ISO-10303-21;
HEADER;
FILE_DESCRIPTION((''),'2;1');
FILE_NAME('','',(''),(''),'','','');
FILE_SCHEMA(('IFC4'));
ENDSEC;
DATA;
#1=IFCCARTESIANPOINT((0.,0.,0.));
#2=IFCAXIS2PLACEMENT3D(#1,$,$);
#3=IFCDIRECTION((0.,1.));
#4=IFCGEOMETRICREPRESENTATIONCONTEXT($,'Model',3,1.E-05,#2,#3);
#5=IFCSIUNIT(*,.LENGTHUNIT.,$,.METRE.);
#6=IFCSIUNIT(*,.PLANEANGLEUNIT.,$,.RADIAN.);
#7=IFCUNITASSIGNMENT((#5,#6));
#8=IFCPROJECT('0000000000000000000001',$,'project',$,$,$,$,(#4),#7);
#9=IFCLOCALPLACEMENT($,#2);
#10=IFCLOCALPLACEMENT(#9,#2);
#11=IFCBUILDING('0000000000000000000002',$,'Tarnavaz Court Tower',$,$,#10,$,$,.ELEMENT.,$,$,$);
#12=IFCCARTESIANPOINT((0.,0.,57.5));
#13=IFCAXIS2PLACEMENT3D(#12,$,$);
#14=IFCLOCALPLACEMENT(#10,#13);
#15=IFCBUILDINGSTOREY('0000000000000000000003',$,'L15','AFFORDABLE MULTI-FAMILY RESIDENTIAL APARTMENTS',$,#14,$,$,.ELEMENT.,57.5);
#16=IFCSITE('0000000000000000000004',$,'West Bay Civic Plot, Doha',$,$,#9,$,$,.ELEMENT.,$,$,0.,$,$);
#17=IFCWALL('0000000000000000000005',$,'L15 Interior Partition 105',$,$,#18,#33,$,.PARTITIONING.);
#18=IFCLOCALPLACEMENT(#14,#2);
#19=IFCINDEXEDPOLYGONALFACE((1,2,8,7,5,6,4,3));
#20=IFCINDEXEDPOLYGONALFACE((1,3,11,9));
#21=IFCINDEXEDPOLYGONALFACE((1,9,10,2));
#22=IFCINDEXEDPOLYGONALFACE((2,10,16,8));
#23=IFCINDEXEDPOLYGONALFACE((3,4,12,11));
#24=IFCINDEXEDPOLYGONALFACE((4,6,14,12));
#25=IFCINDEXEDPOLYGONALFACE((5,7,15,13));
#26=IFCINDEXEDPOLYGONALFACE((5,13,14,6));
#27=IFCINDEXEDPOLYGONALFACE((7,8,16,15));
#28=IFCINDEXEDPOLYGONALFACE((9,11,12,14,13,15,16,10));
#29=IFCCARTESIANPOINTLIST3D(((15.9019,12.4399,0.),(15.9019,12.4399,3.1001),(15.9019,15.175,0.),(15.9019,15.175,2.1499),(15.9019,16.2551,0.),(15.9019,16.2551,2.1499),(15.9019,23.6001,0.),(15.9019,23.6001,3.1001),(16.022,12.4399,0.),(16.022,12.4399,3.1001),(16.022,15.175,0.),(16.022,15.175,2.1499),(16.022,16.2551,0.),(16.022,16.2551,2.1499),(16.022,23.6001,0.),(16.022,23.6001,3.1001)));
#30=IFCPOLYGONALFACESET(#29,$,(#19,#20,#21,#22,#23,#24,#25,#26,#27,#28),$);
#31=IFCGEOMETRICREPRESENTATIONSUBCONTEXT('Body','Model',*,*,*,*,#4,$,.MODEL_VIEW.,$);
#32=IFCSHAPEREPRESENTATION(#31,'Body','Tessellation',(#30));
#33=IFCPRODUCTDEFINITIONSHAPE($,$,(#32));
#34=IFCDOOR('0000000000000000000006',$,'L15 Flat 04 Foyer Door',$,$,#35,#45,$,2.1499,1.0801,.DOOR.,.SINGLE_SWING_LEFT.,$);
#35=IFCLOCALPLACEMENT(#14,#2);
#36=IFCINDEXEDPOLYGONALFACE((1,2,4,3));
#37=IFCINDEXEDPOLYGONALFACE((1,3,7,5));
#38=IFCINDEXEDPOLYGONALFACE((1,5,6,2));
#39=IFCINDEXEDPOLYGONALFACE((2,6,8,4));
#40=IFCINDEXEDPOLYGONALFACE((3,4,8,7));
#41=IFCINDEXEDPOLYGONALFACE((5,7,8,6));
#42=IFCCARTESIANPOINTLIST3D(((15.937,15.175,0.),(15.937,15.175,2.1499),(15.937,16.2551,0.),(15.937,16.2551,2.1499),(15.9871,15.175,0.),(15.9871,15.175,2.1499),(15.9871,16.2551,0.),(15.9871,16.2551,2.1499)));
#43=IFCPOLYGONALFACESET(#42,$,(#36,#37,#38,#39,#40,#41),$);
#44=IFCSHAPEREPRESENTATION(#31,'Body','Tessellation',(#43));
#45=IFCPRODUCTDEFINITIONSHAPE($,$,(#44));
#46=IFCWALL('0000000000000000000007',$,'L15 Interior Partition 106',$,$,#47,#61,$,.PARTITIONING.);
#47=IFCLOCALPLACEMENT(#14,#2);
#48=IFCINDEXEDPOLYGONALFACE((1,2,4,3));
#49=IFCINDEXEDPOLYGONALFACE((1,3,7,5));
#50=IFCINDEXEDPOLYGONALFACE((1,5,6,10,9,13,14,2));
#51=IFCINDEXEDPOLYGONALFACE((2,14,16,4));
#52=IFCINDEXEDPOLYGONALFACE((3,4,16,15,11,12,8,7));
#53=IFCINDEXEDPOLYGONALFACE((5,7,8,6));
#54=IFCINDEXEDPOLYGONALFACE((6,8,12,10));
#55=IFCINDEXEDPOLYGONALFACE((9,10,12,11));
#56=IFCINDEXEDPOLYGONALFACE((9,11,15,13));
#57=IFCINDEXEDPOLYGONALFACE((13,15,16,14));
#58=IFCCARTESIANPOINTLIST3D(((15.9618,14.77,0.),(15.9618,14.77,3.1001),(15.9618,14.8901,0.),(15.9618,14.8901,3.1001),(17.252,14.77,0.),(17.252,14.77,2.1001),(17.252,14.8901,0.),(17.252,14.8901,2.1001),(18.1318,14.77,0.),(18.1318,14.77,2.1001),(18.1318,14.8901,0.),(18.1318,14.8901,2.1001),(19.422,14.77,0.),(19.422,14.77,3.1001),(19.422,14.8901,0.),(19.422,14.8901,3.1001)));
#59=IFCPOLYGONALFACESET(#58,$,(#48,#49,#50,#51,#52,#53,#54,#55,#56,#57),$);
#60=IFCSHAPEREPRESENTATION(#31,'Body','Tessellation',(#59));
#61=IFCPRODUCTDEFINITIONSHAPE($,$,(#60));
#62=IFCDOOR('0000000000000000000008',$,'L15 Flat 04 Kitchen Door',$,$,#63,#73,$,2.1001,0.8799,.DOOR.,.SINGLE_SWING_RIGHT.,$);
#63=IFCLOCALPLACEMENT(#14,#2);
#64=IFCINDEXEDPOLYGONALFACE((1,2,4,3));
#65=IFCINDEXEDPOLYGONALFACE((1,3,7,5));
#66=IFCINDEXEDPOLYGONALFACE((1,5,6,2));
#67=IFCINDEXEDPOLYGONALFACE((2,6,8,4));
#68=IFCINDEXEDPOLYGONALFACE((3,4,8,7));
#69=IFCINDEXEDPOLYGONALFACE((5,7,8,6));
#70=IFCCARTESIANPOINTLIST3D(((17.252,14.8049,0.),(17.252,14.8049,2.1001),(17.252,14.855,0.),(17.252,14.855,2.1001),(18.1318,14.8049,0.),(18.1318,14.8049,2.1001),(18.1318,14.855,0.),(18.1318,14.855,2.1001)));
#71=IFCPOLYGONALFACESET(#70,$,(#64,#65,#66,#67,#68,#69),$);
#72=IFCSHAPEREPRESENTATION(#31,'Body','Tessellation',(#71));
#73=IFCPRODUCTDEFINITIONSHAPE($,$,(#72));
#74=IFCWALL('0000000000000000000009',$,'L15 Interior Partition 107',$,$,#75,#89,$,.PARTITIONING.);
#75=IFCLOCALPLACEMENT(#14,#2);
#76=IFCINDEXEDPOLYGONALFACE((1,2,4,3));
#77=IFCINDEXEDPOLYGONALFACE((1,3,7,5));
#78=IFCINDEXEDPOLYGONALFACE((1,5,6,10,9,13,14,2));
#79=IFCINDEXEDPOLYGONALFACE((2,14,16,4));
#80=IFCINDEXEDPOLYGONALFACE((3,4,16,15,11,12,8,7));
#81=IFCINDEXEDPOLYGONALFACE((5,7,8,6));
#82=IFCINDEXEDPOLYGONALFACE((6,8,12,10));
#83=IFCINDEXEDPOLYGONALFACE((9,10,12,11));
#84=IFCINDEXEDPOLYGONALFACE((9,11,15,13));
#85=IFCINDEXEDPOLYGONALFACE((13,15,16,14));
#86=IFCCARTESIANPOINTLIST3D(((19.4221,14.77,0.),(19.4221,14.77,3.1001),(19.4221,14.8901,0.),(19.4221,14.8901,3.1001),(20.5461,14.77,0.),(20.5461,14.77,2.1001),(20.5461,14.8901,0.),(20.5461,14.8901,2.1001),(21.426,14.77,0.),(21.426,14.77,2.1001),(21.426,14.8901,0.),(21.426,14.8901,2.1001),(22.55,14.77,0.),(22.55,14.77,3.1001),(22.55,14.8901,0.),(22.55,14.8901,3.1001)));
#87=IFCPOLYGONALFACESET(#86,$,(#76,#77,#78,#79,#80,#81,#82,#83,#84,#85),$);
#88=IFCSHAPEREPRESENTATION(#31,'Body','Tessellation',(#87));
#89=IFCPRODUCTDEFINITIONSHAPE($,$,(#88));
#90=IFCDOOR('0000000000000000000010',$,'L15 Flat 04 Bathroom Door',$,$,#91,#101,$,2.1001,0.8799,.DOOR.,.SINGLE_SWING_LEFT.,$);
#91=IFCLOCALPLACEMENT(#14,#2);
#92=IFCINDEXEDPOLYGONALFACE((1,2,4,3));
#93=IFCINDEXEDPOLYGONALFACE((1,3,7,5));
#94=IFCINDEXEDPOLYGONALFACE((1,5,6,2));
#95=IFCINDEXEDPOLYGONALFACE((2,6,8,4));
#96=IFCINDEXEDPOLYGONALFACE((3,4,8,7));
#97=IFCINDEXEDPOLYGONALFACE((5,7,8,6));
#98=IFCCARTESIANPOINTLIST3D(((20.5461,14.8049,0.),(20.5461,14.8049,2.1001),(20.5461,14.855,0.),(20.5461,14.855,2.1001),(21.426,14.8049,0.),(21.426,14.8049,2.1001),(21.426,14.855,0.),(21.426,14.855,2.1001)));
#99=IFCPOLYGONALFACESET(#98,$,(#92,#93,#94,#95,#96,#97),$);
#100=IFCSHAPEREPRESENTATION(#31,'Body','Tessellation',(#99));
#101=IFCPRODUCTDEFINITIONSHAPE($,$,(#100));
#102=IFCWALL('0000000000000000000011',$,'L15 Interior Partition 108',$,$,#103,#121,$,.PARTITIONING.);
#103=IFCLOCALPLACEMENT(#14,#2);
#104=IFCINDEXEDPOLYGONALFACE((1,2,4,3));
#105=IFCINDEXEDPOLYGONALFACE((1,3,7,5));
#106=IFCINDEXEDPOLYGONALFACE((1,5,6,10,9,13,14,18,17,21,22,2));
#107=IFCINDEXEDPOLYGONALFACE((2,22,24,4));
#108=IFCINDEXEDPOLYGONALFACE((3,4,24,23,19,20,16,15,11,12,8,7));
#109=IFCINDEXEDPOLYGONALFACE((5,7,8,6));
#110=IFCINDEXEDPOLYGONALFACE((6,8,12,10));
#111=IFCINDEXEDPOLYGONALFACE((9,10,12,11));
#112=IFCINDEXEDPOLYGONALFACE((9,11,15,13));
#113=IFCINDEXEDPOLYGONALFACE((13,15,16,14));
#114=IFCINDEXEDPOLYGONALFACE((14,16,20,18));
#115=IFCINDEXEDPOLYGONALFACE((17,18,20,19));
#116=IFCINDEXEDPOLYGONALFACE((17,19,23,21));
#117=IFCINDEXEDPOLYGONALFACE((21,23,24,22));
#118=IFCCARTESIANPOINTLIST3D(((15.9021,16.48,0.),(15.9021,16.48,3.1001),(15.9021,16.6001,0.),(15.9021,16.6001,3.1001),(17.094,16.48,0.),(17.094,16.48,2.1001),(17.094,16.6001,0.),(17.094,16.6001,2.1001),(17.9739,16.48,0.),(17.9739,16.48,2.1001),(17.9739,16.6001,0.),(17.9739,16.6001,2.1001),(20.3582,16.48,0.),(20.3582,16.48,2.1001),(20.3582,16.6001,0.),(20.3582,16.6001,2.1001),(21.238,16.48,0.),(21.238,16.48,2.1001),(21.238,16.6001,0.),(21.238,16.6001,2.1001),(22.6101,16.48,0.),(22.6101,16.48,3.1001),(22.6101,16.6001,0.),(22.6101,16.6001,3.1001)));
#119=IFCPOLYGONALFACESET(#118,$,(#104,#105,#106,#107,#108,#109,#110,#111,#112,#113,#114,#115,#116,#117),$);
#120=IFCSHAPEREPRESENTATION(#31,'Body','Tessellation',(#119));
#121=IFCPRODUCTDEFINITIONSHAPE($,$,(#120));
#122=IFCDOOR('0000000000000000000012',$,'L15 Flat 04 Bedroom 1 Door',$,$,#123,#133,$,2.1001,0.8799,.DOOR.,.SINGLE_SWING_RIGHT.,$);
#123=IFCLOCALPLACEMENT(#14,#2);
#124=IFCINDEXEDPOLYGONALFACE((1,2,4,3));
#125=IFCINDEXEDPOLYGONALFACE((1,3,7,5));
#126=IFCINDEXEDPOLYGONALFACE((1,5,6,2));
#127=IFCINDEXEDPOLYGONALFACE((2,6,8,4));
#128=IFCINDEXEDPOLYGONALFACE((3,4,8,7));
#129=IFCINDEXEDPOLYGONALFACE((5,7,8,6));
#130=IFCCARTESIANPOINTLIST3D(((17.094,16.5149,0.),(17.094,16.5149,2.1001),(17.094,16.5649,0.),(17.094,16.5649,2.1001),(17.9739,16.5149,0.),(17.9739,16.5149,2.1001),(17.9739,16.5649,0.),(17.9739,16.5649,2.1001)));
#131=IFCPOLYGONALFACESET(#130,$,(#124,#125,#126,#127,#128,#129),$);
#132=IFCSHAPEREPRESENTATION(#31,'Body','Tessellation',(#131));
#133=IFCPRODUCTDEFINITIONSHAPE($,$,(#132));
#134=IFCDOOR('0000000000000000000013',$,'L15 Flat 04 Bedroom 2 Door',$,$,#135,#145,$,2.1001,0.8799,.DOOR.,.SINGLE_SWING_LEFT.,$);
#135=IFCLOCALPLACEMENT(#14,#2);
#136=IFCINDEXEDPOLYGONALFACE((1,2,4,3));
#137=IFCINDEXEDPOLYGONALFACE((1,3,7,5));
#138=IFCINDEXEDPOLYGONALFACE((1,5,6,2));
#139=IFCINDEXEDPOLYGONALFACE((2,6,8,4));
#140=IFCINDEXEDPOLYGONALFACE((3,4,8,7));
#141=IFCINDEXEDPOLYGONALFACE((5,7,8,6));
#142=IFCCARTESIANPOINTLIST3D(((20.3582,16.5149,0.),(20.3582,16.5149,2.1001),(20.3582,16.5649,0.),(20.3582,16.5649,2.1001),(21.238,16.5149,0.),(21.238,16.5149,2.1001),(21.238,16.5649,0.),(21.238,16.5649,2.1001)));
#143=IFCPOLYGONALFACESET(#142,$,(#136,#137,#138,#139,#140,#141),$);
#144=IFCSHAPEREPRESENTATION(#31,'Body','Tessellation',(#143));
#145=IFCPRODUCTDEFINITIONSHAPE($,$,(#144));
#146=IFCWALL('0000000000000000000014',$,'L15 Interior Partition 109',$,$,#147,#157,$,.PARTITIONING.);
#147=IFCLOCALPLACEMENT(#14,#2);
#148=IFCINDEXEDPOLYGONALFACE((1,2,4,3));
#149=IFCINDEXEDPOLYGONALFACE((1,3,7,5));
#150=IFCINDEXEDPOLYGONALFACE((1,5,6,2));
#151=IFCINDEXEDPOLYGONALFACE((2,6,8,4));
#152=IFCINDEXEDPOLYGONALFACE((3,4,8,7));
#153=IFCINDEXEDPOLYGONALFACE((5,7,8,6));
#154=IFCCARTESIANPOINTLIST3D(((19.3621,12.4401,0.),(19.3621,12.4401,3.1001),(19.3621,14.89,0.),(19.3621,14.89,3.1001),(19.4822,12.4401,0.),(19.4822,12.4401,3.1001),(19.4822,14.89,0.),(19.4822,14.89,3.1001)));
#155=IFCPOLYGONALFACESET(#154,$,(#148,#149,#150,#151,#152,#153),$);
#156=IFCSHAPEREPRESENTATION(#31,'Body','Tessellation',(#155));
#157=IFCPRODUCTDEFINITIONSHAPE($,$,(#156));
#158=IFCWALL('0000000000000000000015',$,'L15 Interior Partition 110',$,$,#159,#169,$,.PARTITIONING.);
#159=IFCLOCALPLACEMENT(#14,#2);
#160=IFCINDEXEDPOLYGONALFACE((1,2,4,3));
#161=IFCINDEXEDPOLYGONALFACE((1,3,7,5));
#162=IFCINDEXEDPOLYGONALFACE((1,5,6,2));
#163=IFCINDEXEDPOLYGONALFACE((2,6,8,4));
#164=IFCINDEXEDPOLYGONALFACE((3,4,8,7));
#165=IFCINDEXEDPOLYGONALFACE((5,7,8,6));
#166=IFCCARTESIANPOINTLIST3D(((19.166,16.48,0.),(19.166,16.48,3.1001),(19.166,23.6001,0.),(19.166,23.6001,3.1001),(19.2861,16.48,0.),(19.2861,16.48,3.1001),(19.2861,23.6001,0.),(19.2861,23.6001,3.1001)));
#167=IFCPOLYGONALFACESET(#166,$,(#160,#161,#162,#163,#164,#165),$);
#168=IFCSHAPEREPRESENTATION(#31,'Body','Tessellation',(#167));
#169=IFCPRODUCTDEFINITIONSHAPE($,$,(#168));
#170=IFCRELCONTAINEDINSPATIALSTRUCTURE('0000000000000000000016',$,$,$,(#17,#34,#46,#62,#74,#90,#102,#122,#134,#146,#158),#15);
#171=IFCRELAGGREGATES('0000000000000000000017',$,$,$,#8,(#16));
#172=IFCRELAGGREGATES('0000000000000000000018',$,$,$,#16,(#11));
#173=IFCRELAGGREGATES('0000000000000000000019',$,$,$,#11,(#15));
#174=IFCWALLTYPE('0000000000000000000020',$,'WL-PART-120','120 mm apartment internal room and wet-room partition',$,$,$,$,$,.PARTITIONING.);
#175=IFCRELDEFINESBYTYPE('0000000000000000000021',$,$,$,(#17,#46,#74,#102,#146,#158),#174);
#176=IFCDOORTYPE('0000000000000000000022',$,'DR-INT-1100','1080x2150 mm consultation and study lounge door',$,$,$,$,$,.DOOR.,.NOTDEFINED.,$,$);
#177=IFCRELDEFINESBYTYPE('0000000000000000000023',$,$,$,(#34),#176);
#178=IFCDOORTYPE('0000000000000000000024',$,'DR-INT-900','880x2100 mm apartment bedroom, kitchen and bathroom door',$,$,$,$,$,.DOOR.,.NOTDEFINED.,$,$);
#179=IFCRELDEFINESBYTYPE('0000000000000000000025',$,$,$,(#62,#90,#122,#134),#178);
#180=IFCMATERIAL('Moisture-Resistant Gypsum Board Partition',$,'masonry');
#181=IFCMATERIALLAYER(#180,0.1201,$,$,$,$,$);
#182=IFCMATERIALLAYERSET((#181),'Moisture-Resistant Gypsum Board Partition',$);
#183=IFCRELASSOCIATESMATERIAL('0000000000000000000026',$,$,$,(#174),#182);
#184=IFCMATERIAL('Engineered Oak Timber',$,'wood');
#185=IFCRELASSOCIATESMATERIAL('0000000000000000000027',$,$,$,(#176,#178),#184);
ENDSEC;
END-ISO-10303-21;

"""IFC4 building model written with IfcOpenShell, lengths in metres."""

from ifc_helpers import new_model, si_unit, direction, frame, frame_2d, origin, place, context, subcontext, project, spatial, rectangle, extrude, material, layer, layer_set, type_object, element, fill, save


model = new_model("IFC4")

# Units and contexts
model_context = context("Model", 3, precision=1e-05, world=origin(), true_north=direction((0.0, 1.0)))
body_context = subcontext(model_context, "Body", "Model", "MODEL_VIEW")
ifc_project = project(units=[si_unit("LENGTHUNIT", "METRE"), si_unit("PLANEANGLEUNIT", "RADIAN")], contexts=[model_context])

# Site, building, storey
site_placement = place(None, origin())
site = spatial("IfcSite", under=ifc_project, at=site_placement, Name="West Bay Civic Plot, Doha", CompositionType="ELEMENT", RefElevation=0.0)
building_placement = place(site_placement, origin())
building = spatial("IfcBuilding", under=site, at=building_placement, Name="Tarnavaz Court Tower", CompositionType="ELEMENT")
storey_placement = place(building_placement, frame((0.0, 0.0, 57.5)))
storey = spatial("IfcBuildingStorey", under=building, at=storey_placement, Name="L15", Description="AFFORDABLE MULTI-FAMILY RESIDENTIAL APARTMENTS", CompositionType="ELEMENT", Elevation=57.5)

# Walls, openings, doors
ifc_material_1 = material(Name="Moisture-Resistant Gypsum Board Partition", Category="masonry")
ifc_layer_1 = layer(ifc_material_1, 0.1201)
ifc_layer_set_1 = layer_set([ifc_layer_1], Name="Moisture-Resistant Gypsum Board Partition")
wall_type_1 = type_object("IfcWallType", Name="WL-PART-120", Description="120 mm apartment internal room and wet-room partition", PredefinedType="PARTITIONING", material=ifc_layer_set_1)
wall_1_placement = place(storey_placement, frame((15.9619, 12.4399, 0.0), z_axis=(0.0, 0.0, 1.0), x_axis=(0.0, 1.0, 0.0)))
wall_1 = element("IfcWall", 1, at=wall_1_placement, inside=storey, type_object=wall_type_1, Name="L15 Interior Partition 105", PredefinedType="PARTITIONING", context=body_context, shape_type="SweptSolid", body=[
    extrude(rectangle(XDim=11.1602, YDim=0.1201, at=frame_2d((5.5801, 0.0))), origin(), (0.0, 0.0, 1.0), 3.1001),
])
opening_1_placement = place(wall_1_placement, frame((2.7351, 0.0, 0.0)))
opening_1 = element("IfcOpeningElement", 2, at=opening_1_placement, cuts=wall_1, PredefinedType="OPENING", context=body_context, shape_type="SweptSolid", body=[
    extrude(rectangle(XDim=1.0801, YDim=2.1499, at=frame_2d((0.54, 1.075))), frame((0.0, 0.0701, 0.0), z_axis=(0.0, -1.0, 0.0), x_axis=(1.0, 0.0, 0.0)), (0.0, 0.0, 1.0), 0.1401),
])
ifc_material_2 = material(Name="Engineered Oak Timber", Category="wood")
door_type_1 = type_object("IfcDoorType", Name="DR-INT-1100", Description="1080x2150 mm consultation and study lounge door", OperationType="NOTDEFINED", PredefinedType="DOOR", material=ifc_material_2)
door_1_placement = place(opening_1_placement, origin())
door_1 = element("IfcDoor", 3, at=door_1_placement, inside=storey, type_object=door_type_1, Name="L15 Flat 04 Foyer Door", OperationType="SINGLE_SWING_LEFT", OverallHeight=2.1499, OverallWidth=1.0801, PredefinedType="DOOR", context=body_context, shape_type="SweptSolid", body=[
    extrude(rectangle(XDim=1.0801, YDim=2.1499, at=frame_2d((0.54, 1.075))), frame((0.0, 0.0249, 0.0), z_axis=(0.0, -1.0, 0.0), x_axis=(1.0, 0.0, 0.0)), (0.0, 0.0, 1.0), 0.05),
])
fill(opening_1, door_1)
wall_2_placement = place(storey_placement, frame((15.9619, 14.8301, 0.0), z_axis=(0.0, 0.0, 1.0), x_axis=(1.0, 0.0, 0.0)))
wall_2 = element("IfcWall", 4, at=wall_2_placement, inside=storey, type_object=wall_type_1, Name="L15 Interior Partition 106", PredefinedType="PARTITIONING", context=body_context, shape_type="SweptSolid", body=[
    extrude(rectangle(XDim=3.4602, YDim=0.1201, at=frame_2d((1.73, 0.0))), origin(), (0.0, 0.0, 1.0), 3.1001),
])
opening_2_placement = place(wall_2_placement, frame((1.29, 0.0, 0.0)))
opening_2 = element("IfcOpeningElement", 5, at=opening_2_placement, cuts=wall_2, PredefinedType="OPENING", context=body_context, shape_type="SweptSolid", body=[
    extrude(rectangle(XDim=0.8799, YDim=2.1001, at=frame_2d((0.4399, 1.05))), frame((0.0, 0.0701, 0.0), z_axis=(0.0, -1.0, 0.0), x_axis=(1.0, 0.0, 0.0)), (0.0, 0.0, 1.0), 0.1401),
])
door_type_2 = type_object("IfcDoorType", Name="DR-INT-900", Description="880x2100 mm apartment bedroom, kitchen and bathroom door", OperationType="NOTDEFINED", PredefinedType="DOOR", material=ifc_material_2)
door_2_placement = place(opening_2_placement, origin())
door_2 = element("IfcDoor", 6, at=door_2_placement, inside=storey, type_object=door_type_2, Name="L15 Flat 04 Kitchen Door", OperationType="SINGLE_SWING_RIGHT", OverallHeight=2.1001, OverallWidth=0.8799, PredefinedType="DOOR", context=body_context, shape_type="SweptSolid", body=[
    extrude(rectangle(XDim=0.8799, YDim=2.1001, at=frame_2d((0.4399, 1.05))), frame((0.0, 0.0249, 0.0), z_axis=(0.0, -1.0, 0.0), x_axis=(1.0, 0.0, 0.0)), (0.0, 0.0, 1.0), 0.05),
])
fill(opening_2, door_2)
wall_3_placement = place(storey_placement, frame((19.4221, 14.8301, 0.0), z_axis=(0.0, 0.0, 1.0), x_axis=(1.0, 0.0, 0.0)))
wall_3 = element("IfcWall", 7, at=wall_3_placement, inside=storey, type_object=wall_type_1, Name="L15 Interior Partition 107", PredefinedType="PARTITIONING", context=body_context, shape_type="SweptSolid", body=[
    extrude(rectangle(XDim=3.1279, YDim=0.1201, at=frame_2d((1.564, 0.0))), origin(), (0.0, 0.0, 1.0), 3.1001),
])
opening_3_placement = place(wall_3_placement, frame((1.124, 0.0, 0.0)))
opening_3 = element("IfcOpeningElement", 8, at=opening_3_placement, cuts=wall_3, PredefinedType="OPENING", context=body_context, shape_type="SweptSolid", body=[
    extrude(rectangle(XDim=0.8799, YDim=2.1001, at=frame_2d((0.4399, 1.05))), frame((0.0, 0.0701, 0.0), z_axis=(0.0, -1.0, 0.0), x_axis=(1.0, 0.0, 0.0)), (0.0, 0.0, 1.0), 0.1401),
])
door_3_placement = place(opening_3_placement, origin())
door_3 = element("IfcDoor", 9, at=door_3_placement, inside=storey, type_object=door_type_2, Name="L15 Flat 04 Bathroom Door", OperationType="SINGLE_SWING_LEFT", OverallHeight=2.1001, OverallWidth=0.8799, PredefinedType="DOOR", context=body_context, shape_type="SweptSolid", body=[
    extrude(rectangle(XDim=0.8799, YDim=2.1001, at=frame_2d((0.4399, 1.05))), frame((0.0, 0.0249, 0.0), z_axis=(0.0, -1.0, 0.0), x_axis=(1.0, 0.0, 0.0)), (0.0, 0.0, 1.0), 0.05),
])
fill(opening_3, door_3)

# Wall, openings, doors
wall_4_placement = place(storey_placement, frame((15.9021, 16.54, 0.0), z_axis=(0.0, 0.0, 1.0), x_axis=(1.0, 0.0, 0.0)))
wall_4 = element("IfcWall", 10, at=wall_4_placement, inside=storey, type_object=wall_type_1, Name="L15 Interior Partition 108", PredefinedType="PARTITIONING", context=body_context, shape_type="SweptSolid", body=[
    extrude(rectangle(XDim=6.708, YDim=0.1201, at=frame_2d((3.354, 0.0))), origin(), (0.0, 0.0, 1.0), 3.1001),
])
opening_4_placement = place(wall_4_placement, frame((1.1919, 0.0, 0.0)))
opening_4 = element("IfcOpeningElement", 11, at=opening_4_placement, cuts=wall_4, PredefinedType="OPENING", context=body_context, shape_type="SweptSolid", body=[
    extrude(rectangle(XDim=0.8799, YDim=2.1001, at=frame_2d((0.4399, 1.05))), frame((0.0, 0.0701, 0.0), z_axis=(0.0, -1.0, 0.0), x_axis=(1.0, 0.0, 0.0)), (0.0, 0.0, 1.0), 0.1401),
])
opening_5_placement = place(wall_4_placement, frame((4.4561, 0.0, 0.0)))
opening_5 = element("IfcOpeningElement", 12, at=opening_5_placement, cuts=wall_4, PredefinedType="OPENING", context=body_context, shape_type="SweptSolid", body=[
    extrude(rectangle(XDim=0.8799, YDim=2.1001, at=frame_2d((0.4399, 1.05))), frame((0.0, 0.0701, 0.0), z_axis=(0.0, -1.0, 0.0), x_axis=(1.0, 0.0, 0.0)), (0.0, 0.0, 1.0), 0.1401),
])
door_4_placement = place(opening_4_placement, origin())
door_4 = element("IfcDoor", 13, at=door_4_placement, inside=storey, type_object=door_type_2, Name="L15 Flat 04 Bedroom 1 Door", OperationType="SINGLE_SWING_RIGHT", OverallHeight=2.1001, OverallWidth=0.8799, PredefinedType="DOOR", context=body_context, shape_type="SweptSolid", body=[
    extrude(rectangle(XDim=0.8799, YDim=2.1001, at=frame_2d((0.4399, 1.05))), frame((0.0, 0.0249, 0.0), z_axis=(0.0, -1.0, 0.0), x_axis=(1.0, 0.0, 0.0)), (0.0, 0.0, 1.0), 0.05),
])
fill(opening_4, door_4)
door_5_placement = place(opening_5_placement, origin())
door_5 = element("IfcDoor", 14, at=door_5_placement, inside=storey, type_object=door_type_2, Name="L15 Flat 04 Bedroom 2 Door", OperationType="SINGLE_SWING_LEFT", OverallHeight=2.1001, OverallWidth=0.8799, PredefinedType="DOOR", context=body_context, shape_type="SweptSolid", body=[
    extrude(rectangle(XDim=0.8799, YDim=2.1001, at=frame_2d((0.4399, 1.05))), frame((0.0, 0.0249, 0.0), z_axis=(0.0, -1.0, 0.0), x_axis=(1.0, 0.0, 0.0)), (0.0, 0.0, 1.0), 0.05),
])
fill(opening_5, door_5)

# Walls
wall_5_placement = place(storey_placement, frame((19.4221, 12.4399, 0.0), z_axis=(0.0, 0.0, 1.0), x_axis=(0.0, 1.0, 0.0)))
element("IfcWall", 15, at=wall_5_placement, inside=storey, type_object=wall_type_1, Name="L15 Interior Partition 109", PredefinedType="PARTITIONING", context=body_context, shape_type="SweptSolid", body=[
    extrude(rectangle(XDim=2.45, YDim=0.1201, at=frame_2d((1.2251, 0.0))), origin(), (0.0, 0.0, 1.0), 3.1001),
])
wall_6_placement = place(storey_placement, frame((19.2261, 16.48, 0.0), z_axis=(0.0, 0.0, 1.0), x_axis=(0.0, 1.0, 0.0)))
element("IfcWall", 16, at=wall_6_placement, inside=storey, type_object=wall_type_1, Name="L15 Interior Partition 110", PredefinedType="PARTITIONING", context=body_context, shape_type="SweptSolid", body=[
    extrude(rectangle(XDim=7.1201, YDim=0.1201, at=frame_2d((3.5601, 0.0))), origin(), (0.0, 0.0, 1.0), 3.1001),
])

save(model, "model.ifc")
